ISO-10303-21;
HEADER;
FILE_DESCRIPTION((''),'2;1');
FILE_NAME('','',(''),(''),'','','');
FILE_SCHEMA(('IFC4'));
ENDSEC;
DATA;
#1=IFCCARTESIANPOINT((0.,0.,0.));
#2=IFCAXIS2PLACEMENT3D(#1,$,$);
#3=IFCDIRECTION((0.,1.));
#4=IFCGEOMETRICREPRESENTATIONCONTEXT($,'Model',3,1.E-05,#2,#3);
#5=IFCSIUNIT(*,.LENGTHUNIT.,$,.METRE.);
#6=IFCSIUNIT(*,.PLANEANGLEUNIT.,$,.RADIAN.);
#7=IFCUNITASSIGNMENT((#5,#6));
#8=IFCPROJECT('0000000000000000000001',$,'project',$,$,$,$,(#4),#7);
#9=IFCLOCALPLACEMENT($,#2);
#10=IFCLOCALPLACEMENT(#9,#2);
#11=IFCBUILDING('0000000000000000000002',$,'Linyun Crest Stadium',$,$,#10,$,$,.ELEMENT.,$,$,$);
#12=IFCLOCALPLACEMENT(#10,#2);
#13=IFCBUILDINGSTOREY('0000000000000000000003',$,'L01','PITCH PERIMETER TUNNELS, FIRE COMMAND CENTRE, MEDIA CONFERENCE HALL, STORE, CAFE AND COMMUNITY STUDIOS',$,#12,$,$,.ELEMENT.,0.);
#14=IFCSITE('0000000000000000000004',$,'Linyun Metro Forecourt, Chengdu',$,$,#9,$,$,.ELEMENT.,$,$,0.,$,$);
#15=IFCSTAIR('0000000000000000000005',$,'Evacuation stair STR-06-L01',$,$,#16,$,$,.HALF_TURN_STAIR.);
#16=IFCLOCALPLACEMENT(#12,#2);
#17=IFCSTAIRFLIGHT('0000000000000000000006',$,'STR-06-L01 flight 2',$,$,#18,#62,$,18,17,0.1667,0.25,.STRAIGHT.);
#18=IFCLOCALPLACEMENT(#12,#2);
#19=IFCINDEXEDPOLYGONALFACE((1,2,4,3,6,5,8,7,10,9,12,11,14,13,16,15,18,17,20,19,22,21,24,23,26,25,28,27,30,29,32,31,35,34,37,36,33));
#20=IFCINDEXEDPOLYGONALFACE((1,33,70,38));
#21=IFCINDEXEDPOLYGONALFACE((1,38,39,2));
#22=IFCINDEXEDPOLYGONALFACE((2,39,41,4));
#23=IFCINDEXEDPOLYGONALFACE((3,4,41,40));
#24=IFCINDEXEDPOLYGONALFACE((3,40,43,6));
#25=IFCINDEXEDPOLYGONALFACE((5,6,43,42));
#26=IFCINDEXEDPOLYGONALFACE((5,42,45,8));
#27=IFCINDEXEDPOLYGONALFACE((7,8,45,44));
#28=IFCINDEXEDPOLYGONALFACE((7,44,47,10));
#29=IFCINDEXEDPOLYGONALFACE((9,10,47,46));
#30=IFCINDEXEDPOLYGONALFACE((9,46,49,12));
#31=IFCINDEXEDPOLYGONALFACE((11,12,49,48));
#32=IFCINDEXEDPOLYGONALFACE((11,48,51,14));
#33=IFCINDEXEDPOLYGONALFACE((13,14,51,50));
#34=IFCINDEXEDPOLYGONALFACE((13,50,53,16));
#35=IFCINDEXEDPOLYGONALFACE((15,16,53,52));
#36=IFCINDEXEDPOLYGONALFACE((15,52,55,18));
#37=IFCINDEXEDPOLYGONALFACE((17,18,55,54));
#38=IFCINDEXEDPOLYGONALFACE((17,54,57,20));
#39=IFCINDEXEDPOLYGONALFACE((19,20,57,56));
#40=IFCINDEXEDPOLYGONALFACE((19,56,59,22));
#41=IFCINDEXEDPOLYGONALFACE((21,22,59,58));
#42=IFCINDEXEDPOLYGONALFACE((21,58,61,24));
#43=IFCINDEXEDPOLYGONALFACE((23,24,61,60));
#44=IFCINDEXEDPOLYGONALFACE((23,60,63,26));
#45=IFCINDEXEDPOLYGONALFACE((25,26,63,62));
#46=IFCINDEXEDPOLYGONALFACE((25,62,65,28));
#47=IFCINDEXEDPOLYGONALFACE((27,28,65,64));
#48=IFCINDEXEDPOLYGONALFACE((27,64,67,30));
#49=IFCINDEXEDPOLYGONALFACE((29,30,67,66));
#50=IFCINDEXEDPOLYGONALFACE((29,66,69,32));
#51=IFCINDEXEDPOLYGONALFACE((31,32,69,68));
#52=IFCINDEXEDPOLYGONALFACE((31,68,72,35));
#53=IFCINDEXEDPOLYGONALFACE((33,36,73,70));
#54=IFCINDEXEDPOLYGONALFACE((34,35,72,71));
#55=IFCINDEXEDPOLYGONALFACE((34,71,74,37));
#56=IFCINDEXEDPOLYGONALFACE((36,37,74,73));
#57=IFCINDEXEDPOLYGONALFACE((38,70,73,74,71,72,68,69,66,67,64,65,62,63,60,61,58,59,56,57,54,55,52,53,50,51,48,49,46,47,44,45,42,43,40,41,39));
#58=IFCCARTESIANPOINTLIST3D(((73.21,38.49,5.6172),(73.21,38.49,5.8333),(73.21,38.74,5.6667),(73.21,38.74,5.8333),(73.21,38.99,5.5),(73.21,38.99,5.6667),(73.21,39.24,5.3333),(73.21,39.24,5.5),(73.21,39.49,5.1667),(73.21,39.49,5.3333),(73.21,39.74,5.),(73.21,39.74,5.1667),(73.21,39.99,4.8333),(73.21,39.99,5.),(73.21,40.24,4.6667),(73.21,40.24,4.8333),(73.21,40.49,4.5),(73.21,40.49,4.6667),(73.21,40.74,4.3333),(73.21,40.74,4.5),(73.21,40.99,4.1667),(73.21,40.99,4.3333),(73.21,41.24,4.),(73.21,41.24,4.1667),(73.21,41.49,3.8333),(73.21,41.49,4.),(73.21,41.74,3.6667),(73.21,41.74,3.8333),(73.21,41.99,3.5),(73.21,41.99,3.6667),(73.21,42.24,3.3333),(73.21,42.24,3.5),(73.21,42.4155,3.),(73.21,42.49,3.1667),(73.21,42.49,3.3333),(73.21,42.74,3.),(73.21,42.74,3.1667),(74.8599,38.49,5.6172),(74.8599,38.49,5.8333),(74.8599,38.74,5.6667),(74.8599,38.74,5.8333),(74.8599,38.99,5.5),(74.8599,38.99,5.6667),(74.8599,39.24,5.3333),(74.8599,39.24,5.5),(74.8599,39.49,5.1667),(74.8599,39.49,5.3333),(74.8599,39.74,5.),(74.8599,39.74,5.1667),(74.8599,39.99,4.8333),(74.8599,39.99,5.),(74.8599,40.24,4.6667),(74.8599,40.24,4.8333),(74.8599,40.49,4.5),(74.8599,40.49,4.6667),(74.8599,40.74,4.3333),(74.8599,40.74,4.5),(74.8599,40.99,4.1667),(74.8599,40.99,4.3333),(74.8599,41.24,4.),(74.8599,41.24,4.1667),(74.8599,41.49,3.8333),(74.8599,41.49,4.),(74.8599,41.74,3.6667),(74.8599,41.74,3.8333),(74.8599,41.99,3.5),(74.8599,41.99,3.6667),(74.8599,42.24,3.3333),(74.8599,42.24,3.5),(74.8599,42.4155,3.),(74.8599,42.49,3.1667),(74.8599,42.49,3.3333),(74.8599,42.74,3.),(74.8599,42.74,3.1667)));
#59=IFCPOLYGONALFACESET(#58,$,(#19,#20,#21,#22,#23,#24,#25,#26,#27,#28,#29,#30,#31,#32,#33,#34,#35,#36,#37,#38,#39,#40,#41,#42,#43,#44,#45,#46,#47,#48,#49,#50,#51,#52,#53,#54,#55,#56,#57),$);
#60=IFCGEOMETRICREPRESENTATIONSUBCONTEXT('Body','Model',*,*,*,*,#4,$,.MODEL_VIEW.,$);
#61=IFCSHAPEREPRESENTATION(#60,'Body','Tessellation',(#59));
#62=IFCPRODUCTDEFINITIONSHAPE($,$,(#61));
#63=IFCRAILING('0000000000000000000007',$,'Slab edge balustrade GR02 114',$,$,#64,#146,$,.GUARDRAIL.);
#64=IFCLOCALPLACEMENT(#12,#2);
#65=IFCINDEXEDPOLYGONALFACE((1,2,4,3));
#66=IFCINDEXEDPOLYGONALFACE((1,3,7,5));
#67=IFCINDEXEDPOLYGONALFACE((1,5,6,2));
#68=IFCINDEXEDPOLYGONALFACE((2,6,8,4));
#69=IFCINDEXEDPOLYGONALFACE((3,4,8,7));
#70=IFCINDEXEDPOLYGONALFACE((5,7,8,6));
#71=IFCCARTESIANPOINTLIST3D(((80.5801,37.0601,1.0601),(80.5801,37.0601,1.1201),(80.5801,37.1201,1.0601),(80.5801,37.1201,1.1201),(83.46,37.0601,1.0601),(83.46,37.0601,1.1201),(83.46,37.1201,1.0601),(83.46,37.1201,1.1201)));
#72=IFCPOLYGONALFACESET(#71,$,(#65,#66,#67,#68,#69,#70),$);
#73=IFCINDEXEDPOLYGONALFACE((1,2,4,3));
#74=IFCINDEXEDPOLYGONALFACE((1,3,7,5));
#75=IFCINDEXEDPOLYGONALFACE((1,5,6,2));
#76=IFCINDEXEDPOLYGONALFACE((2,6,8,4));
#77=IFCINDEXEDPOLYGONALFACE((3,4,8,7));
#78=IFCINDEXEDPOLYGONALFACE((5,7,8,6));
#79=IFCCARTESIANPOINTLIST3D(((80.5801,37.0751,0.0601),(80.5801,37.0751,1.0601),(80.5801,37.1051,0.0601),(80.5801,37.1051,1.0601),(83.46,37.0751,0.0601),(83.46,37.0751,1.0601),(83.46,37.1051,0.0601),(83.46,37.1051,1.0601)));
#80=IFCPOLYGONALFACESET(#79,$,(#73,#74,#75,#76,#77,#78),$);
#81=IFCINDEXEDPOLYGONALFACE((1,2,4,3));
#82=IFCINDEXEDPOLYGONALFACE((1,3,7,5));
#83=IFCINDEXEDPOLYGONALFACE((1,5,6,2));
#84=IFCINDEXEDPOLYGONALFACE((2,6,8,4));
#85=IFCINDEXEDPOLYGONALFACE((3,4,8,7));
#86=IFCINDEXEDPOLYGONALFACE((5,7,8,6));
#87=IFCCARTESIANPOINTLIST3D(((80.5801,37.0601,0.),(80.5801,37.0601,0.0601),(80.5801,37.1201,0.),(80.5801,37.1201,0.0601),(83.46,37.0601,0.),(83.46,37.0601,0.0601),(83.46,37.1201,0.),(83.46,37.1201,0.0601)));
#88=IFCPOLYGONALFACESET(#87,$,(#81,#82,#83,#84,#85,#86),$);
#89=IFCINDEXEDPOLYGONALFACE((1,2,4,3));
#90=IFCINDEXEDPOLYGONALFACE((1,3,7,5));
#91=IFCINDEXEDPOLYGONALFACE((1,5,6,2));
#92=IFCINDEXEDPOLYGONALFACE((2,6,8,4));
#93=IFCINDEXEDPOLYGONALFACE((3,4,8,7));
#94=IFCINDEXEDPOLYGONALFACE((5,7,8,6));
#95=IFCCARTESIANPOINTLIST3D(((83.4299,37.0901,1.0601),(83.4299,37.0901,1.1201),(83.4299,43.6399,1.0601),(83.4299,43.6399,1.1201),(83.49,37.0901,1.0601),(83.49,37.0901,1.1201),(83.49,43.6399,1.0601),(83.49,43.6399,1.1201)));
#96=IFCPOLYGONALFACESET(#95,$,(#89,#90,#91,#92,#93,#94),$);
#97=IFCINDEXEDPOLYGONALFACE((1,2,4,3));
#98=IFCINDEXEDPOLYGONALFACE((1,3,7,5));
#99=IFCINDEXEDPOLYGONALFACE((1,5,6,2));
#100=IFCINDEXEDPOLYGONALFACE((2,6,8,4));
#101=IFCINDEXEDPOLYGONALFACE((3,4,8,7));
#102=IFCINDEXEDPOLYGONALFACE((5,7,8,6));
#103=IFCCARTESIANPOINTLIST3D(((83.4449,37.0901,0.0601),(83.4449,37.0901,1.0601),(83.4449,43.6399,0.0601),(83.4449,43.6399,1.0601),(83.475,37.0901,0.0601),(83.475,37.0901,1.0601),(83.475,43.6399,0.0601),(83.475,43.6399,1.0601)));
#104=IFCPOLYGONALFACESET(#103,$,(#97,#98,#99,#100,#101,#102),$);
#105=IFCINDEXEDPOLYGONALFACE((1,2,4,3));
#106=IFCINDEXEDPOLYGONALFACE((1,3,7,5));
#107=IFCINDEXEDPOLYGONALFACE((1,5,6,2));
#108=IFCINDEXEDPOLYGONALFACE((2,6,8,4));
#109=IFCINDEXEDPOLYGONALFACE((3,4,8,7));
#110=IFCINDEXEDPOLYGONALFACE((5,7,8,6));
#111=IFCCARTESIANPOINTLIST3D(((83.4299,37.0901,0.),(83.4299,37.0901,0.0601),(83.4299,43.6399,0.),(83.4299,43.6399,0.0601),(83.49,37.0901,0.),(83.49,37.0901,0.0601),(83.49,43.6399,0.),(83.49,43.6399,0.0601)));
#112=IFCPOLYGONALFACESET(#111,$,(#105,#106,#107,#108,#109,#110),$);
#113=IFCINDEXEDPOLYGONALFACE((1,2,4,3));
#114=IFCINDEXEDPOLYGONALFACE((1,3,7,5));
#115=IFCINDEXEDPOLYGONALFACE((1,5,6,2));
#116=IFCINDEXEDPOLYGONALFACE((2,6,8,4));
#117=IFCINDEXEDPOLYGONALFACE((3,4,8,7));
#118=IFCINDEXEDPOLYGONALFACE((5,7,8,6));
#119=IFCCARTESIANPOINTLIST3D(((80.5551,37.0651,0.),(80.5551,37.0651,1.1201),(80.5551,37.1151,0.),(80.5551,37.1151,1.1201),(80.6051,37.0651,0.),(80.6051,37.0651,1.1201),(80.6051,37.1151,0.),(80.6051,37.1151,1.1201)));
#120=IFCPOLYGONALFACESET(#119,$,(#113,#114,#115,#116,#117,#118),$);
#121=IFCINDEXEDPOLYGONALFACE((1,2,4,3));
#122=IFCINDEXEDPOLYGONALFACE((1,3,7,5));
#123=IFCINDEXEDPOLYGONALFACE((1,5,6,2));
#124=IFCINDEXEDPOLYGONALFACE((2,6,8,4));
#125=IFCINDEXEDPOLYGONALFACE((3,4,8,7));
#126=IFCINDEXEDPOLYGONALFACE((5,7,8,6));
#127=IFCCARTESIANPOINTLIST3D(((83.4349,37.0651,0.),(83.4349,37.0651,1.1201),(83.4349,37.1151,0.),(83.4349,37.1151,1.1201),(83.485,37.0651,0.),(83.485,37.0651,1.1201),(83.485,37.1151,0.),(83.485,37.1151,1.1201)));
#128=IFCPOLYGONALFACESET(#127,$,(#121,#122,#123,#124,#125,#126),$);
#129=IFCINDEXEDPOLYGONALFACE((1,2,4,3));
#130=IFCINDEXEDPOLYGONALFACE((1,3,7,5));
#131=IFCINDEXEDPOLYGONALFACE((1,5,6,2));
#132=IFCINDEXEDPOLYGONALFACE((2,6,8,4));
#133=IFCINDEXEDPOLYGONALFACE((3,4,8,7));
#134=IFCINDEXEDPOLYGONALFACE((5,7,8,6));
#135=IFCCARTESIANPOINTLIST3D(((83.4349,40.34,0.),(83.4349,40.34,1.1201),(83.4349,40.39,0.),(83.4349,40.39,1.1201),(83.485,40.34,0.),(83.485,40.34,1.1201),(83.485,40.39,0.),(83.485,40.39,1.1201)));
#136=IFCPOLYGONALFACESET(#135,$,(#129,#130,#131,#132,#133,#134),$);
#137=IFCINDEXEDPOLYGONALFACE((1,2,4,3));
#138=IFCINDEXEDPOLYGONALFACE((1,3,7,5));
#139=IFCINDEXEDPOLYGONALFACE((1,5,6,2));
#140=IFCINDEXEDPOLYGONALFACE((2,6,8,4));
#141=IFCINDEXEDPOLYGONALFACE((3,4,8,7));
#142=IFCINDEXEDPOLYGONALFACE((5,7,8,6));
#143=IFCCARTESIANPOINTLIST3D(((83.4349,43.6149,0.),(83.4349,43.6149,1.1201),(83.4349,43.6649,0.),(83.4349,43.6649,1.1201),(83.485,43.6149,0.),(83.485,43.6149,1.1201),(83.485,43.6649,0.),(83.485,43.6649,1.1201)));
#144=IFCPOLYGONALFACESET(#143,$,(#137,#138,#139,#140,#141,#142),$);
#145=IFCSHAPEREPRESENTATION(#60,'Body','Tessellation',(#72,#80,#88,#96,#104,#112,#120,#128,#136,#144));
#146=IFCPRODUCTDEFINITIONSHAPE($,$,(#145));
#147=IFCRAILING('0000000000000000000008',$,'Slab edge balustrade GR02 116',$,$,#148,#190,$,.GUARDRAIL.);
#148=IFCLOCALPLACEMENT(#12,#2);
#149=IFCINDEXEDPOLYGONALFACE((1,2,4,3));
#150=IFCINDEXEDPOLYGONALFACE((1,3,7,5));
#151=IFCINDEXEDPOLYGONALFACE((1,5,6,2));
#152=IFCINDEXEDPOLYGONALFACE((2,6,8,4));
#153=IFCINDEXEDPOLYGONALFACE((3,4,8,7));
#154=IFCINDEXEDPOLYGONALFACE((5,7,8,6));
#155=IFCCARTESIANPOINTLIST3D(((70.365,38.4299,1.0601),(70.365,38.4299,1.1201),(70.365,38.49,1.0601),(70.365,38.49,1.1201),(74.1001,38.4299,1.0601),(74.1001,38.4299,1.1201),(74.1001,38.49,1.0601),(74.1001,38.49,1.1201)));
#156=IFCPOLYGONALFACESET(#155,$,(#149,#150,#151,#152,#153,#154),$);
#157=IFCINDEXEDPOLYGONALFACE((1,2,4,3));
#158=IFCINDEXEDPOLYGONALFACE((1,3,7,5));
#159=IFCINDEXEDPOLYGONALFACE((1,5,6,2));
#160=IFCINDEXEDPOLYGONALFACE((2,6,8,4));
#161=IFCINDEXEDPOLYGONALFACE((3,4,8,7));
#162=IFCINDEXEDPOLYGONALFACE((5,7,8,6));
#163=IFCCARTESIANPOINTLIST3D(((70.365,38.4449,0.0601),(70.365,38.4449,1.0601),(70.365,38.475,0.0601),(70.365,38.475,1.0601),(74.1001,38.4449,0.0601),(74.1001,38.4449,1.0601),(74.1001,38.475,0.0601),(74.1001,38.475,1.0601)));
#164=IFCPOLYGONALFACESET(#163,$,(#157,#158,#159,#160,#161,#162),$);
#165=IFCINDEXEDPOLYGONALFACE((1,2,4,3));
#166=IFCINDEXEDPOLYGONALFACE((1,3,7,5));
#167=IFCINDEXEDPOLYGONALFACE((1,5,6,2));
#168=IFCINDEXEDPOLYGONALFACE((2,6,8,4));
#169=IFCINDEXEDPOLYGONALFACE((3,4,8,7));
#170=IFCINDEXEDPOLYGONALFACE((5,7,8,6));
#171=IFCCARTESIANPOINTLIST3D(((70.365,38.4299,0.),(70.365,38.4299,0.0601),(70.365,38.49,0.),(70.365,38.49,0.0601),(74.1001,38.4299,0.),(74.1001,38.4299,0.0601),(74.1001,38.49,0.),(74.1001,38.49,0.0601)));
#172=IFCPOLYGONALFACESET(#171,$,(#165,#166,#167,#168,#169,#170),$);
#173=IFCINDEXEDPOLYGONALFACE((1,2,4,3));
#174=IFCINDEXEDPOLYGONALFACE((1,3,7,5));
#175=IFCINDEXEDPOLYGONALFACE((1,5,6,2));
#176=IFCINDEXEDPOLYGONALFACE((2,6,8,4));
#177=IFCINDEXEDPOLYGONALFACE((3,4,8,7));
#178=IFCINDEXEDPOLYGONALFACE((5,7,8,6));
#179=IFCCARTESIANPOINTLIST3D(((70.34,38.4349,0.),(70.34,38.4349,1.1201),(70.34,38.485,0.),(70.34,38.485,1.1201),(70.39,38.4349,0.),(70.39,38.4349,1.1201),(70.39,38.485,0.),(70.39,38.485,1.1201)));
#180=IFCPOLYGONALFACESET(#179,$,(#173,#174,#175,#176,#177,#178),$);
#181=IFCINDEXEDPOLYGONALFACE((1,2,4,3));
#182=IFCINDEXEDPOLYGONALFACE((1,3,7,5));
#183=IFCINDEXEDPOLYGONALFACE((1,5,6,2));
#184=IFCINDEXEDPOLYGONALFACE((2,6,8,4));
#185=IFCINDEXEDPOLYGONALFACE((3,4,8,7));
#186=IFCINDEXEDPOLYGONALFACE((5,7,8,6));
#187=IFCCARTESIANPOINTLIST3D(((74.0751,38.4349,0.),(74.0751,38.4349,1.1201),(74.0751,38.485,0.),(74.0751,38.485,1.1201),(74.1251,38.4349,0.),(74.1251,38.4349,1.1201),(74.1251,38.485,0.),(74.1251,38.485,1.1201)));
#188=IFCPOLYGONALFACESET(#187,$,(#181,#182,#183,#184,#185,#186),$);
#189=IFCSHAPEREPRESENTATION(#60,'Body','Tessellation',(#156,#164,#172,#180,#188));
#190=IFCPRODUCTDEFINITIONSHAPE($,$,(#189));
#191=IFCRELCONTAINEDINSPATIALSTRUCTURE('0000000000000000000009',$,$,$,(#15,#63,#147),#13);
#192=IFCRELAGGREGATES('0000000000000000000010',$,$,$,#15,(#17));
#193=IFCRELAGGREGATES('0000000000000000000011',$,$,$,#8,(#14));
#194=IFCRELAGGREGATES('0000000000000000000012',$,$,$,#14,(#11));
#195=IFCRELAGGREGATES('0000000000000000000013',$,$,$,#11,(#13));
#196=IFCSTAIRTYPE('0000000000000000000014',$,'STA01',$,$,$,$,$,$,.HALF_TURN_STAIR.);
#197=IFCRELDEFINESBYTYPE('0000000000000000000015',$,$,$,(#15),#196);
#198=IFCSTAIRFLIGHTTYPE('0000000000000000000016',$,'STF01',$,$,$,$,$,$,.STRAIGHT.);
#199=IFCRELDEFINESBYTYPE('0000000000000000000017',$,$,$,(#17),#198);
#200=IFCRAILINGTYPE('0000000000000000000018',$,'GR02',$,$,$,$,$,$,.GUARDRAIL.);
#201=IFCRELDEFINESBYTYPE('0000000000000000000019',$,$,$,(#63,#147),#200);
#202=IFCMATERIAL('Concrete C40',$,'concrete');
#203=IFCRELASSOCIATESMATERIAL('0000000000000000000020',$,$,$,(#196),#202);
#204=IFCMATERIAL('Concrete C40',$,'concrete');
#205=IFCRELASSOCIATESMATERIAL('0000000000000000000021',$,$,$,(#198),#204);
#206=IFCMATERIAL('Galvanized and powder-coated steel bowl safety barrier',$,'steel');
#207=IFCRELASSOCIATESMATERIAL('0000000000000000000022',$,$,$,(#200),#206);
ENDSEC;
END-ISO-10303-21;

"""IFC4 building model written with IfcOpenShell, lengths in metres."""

from ifc_helpers import new_model, si_unit, direction, frame, origin, origin_2d, place, context, subcontext, project, spatial, polyline, rectangle, outline, extrude, material, type_object, element, aggregate, save


model = new_model("IFC4")

# Units and contexts
model_context = context("Model", 3, precision=1e-05, world=origin(), true_north=direction((0.0, 1.0)))
body_context = subcontext(model_context, "Body", "Model", "MODEL_VIEW")
ifc_project = project(units=[si_unit("LENGTHUNIT", "METRE"), si_unit("PLANEANGLEUNIT", "RADIAN")], contexts=[model_context])

# Site, building, storey
site_placement = place(None, origin())
site = spatial("IfcSite", under=ifc_project, at=site_placement, Name="Linyun Metro Forecourt, Chengdu", CompositionType="ELEMENT", RefElevation=0.0)
building_placement = place(site_placement, origin())
building = spatial("IfcBuilding", under=site, at=building_placement, Name="Linyun Crest Stadium", CompositionType="ELEMENT")
storey_placement = place(building_placement, origin())
storey = spatial("IfcBuildingStorey", under=building, at=storey_placement, Name="L01", Description="PITCH PERIMETER TUNNELS, FIRE COMMAND CENTRE, MEDIA CONFERENCE HALL, STORE, CAFE AND COMMUNITY STUDIOS", CompositionType="ELEMENT", Elevation=0.0)

# Stair, stair flight
ifc_material_1 = material(Name="Concrete C40", Category="concrete")
stair_type = type_object("IfcStairType", Name="STA01", PredefinedType="HALF_TURN_STAIR", material=ifc_material_1)
stair_placement = place(storey_placement, origin())
stair = element("IfcStair", 1, at=stair_placement, inside=storey, type_object=stair_type, Name="Evacuation stair STR-06-L01", PredefinedType="HALF_TURN_STAIR")
ifc_material_2 = material(Name="Concrete C40", Category="concrete")
stair_flight_type = type_object("IfcStairFlightType", Name="STF01", PredefinedType="STRAIGHT", material=ifc_material_2)
stair_flight_1_placement = place(storey_placement, frame((74.0349, 42.74, 3.0), z_axis=(0.0, 0.0, 1.0), x_axis=(0.0, -1.0, 0.0)))
stair_flight_1 = element("IfcStairFlight", 2, at=stair_flight_1_placement, type_object=stair_flight_type, Name="STR-06-L01 flight 2", NumberOfRisers=18, NumberOfTreads=17, PredefinedType="STRAIGHT", RiserHeight=0.1667, TreadLength=0.25, context=body_context, shape_type="SweptSolid", body=[
    extrude(outline(polyline([(0.0, 0.0), (0.0, 0.1667), (0.25, 0.1667), (0.25, 0.3333), (0.5, 0.3333), (0.5, 0.5), (0.75, 0.5), (0.75, 0.6667), (1.0, 0.6667), (1.0, 0.8333), (1.25, 0.8333), (1.25, 1.0), (1.5, 1.0), (1.5, 1.1667), (1.75, 1.1667), (1.75, 1.3333), (2.0, 1.3333), (2.0, 1.5), (2.25, 1.5), (2.25, 1.6667), (2.5, 1.6667), (2.5, 1.8333), (2.75, 1.8333), (2.75, 2.0), (3.0, 2.0), (3.0, 2.1667), (3.25, 2.1667), (3.25, 2.3333), (3.5, 2.3333), (3.5, 2.5), (3.75, 2.5), (3.75, 2.6667), (4.0, 2.6667), (4.0, 2.8333), (4.25, 2.8333), (4.25, 3.0), (4.25, 2.6172), (0.3245, 0.0), (0.0, 0.0)])), frame((0.0, 0.825, 0.0), z_axis=(0.0, -1.0, 0.0), x_axis=(1.0, 0.0, 0.0)), (0.0, 0.0, 1.0), 1.6499),
])
aggregate(stair, [stair_flight_1])

# Railings
ifc_material_3 = material(Name="Galvanized and powder-coated steel bowl safety barrier", Category="steel")
railing_type_1 = type_object("IfcRailingType", Name="GR02", PredefinedType="GUARDRAIL", material=ifc_material_3)
railing_1_placement = place(storey_placement, frame((80.5801, 37.0901, 0.0)))
element("IfcRailing", 3, at=railing_1_placement, inside=storey, type_object=railing_type_1, Name="Slab edge balustrade GR02 114", PredefinedType="GUARDRAIL", context=body_context, shape_type="SweptSolid", body=[
    extrude(rectangle(XDim=0.0601, YDim=0.0601, at=origin_2d()), frame((0.0, 0.0, 1.0901), z_axis=(1.0, 0.0, 0.0), x_axis=(0.0, 1.0, 0.0)), (0.0, 0.0, 1.0), 2.8799),
    extrude(rectangle(XDim=0.03, YDim=1.0, at=origin_2d()), frame((0.0, 0.0, 0.5601), z_axis=(1.0, 0.0, 0.0), x_axis=(0.0, 1.0, 0.0)), (0.0, 0.0, 1.0), 2.8799),
    extrude(rectangle(XDim=0.0601, YDim=0.0601, at=origin_2d()), frame((0.0, 0.0, 0.03), z_axis=(1.0, 0.0, 0.0), x_axis=(0.0, 1.0, 0.0)), (0.0, 0.0, 1.0), 2.8799),
    extrude(rectangle(XDim=0.0601, YDim=0.0601, at=origin_2d()), frame((2.8799, 0.0, 1.0901), z_axis=(0.0, 1.0, 0.0), x_axis=(-1.0, 0.0, 0.0)), (0.0, 0.0, 1.0), 6.5498),
    extrude(rectangle(XDim=0.03, YDim=1.0, at=origin_2d()), frame((2.8799, 0.0, 0.5601), z_axis=(0.0, 1.0, 0.0), x_axis=(-1.0, 0.0, 0.0)), (0.0, 0.0, 1.0), 6.5498),
    extrude(rectangle(XDim=0.0601, YDim=0.0601, at=origin_2d()), frame((2.8799, 0.0, 0.03), z_axis=(0.0, 1.0, 0.0), x_axis=(-1.0, 0.0, 0.0)), (0.0, 0.0, 1.0), 6.5498),
    extrude(rectangle(XDim=0.05, YDim=0.05, at=origin_2d()), origin(), (0.0, 0.0, 1.0), 1.1201),
    extrude(rectangle(XDim=0.05, YDim=0.05, at=origin_2d()), frame((2.8799, 0.0, 0.0)), (0.0, 0.0, 1.0), 1.1201),
    extrude(rectangle(XDim=0.05, YDim=0.05, at=origin_2d()), frame((2.8799, 3.2749, 0.0)), (0.0, 0.0, 1.0), 1.1201),
    extrude(rectangle(XDim=0.05, YDim=0.05, at=origin_2d()), frame((2.8799, 6.5498, 0.0)), (0.0, 0.0, 1.0), 1.1201),
])
railing_2_placement = place(storey_placement, frame((70.365, 38.46, 0.0)))
element("IfcRailing", 4, at=railing_2_placement, inside=storey, type_object=railing_type_1, Name="Slab edge balustrade GR02 116", PredefinedType="GUARDRAIL", context=body_context, shape_type="SweptSolid", body=[
    extrude(rectangle(XDim=0.0601, YDim=0.0601, at=origin_2d()), frame((0.0, 0.0, 1.0901), z_axis=(1.0, 0.0, 0.0), x_axis=(0.0, 1.0, 0.0)), (0.0, 0.0, 1.0), 3.7351),
    extrude(rectangle(XDim=0.03, YDim=1.0, at=origin_2d()), frame((0.0, 0.0, 0.5601), z_axis=(1.0, 0.0, 0.0), x_axis=(0.0, 1.0, 0.0)), (0.0, 0.0, 1.0), 3.7351),
    extrude(rectangle(XDim=0.0601, YDim=0.0601, at=origin_2d()), frame((0.0, 0.0, 0.03), z_axis=(1.0, 0.0, 0.0), x_axis=(0.0, 1.0, 0.0)), (0.0, 0.0, 1.0), 3.7351),
    extrude(rectangle(XDim=0.05, YDim=0.05, at=origin_2d()), origin(), (0.0, 0.0, 1.0), 1.1201),
    extrude(rectangle(XDim=0.05, YDim=0.05, at=origin_2d()), frame((3.7351, 0.0, 0.0)), (0.0, 0.0, 1.0), 1.1201),
])

save(model, "model.ifc")
